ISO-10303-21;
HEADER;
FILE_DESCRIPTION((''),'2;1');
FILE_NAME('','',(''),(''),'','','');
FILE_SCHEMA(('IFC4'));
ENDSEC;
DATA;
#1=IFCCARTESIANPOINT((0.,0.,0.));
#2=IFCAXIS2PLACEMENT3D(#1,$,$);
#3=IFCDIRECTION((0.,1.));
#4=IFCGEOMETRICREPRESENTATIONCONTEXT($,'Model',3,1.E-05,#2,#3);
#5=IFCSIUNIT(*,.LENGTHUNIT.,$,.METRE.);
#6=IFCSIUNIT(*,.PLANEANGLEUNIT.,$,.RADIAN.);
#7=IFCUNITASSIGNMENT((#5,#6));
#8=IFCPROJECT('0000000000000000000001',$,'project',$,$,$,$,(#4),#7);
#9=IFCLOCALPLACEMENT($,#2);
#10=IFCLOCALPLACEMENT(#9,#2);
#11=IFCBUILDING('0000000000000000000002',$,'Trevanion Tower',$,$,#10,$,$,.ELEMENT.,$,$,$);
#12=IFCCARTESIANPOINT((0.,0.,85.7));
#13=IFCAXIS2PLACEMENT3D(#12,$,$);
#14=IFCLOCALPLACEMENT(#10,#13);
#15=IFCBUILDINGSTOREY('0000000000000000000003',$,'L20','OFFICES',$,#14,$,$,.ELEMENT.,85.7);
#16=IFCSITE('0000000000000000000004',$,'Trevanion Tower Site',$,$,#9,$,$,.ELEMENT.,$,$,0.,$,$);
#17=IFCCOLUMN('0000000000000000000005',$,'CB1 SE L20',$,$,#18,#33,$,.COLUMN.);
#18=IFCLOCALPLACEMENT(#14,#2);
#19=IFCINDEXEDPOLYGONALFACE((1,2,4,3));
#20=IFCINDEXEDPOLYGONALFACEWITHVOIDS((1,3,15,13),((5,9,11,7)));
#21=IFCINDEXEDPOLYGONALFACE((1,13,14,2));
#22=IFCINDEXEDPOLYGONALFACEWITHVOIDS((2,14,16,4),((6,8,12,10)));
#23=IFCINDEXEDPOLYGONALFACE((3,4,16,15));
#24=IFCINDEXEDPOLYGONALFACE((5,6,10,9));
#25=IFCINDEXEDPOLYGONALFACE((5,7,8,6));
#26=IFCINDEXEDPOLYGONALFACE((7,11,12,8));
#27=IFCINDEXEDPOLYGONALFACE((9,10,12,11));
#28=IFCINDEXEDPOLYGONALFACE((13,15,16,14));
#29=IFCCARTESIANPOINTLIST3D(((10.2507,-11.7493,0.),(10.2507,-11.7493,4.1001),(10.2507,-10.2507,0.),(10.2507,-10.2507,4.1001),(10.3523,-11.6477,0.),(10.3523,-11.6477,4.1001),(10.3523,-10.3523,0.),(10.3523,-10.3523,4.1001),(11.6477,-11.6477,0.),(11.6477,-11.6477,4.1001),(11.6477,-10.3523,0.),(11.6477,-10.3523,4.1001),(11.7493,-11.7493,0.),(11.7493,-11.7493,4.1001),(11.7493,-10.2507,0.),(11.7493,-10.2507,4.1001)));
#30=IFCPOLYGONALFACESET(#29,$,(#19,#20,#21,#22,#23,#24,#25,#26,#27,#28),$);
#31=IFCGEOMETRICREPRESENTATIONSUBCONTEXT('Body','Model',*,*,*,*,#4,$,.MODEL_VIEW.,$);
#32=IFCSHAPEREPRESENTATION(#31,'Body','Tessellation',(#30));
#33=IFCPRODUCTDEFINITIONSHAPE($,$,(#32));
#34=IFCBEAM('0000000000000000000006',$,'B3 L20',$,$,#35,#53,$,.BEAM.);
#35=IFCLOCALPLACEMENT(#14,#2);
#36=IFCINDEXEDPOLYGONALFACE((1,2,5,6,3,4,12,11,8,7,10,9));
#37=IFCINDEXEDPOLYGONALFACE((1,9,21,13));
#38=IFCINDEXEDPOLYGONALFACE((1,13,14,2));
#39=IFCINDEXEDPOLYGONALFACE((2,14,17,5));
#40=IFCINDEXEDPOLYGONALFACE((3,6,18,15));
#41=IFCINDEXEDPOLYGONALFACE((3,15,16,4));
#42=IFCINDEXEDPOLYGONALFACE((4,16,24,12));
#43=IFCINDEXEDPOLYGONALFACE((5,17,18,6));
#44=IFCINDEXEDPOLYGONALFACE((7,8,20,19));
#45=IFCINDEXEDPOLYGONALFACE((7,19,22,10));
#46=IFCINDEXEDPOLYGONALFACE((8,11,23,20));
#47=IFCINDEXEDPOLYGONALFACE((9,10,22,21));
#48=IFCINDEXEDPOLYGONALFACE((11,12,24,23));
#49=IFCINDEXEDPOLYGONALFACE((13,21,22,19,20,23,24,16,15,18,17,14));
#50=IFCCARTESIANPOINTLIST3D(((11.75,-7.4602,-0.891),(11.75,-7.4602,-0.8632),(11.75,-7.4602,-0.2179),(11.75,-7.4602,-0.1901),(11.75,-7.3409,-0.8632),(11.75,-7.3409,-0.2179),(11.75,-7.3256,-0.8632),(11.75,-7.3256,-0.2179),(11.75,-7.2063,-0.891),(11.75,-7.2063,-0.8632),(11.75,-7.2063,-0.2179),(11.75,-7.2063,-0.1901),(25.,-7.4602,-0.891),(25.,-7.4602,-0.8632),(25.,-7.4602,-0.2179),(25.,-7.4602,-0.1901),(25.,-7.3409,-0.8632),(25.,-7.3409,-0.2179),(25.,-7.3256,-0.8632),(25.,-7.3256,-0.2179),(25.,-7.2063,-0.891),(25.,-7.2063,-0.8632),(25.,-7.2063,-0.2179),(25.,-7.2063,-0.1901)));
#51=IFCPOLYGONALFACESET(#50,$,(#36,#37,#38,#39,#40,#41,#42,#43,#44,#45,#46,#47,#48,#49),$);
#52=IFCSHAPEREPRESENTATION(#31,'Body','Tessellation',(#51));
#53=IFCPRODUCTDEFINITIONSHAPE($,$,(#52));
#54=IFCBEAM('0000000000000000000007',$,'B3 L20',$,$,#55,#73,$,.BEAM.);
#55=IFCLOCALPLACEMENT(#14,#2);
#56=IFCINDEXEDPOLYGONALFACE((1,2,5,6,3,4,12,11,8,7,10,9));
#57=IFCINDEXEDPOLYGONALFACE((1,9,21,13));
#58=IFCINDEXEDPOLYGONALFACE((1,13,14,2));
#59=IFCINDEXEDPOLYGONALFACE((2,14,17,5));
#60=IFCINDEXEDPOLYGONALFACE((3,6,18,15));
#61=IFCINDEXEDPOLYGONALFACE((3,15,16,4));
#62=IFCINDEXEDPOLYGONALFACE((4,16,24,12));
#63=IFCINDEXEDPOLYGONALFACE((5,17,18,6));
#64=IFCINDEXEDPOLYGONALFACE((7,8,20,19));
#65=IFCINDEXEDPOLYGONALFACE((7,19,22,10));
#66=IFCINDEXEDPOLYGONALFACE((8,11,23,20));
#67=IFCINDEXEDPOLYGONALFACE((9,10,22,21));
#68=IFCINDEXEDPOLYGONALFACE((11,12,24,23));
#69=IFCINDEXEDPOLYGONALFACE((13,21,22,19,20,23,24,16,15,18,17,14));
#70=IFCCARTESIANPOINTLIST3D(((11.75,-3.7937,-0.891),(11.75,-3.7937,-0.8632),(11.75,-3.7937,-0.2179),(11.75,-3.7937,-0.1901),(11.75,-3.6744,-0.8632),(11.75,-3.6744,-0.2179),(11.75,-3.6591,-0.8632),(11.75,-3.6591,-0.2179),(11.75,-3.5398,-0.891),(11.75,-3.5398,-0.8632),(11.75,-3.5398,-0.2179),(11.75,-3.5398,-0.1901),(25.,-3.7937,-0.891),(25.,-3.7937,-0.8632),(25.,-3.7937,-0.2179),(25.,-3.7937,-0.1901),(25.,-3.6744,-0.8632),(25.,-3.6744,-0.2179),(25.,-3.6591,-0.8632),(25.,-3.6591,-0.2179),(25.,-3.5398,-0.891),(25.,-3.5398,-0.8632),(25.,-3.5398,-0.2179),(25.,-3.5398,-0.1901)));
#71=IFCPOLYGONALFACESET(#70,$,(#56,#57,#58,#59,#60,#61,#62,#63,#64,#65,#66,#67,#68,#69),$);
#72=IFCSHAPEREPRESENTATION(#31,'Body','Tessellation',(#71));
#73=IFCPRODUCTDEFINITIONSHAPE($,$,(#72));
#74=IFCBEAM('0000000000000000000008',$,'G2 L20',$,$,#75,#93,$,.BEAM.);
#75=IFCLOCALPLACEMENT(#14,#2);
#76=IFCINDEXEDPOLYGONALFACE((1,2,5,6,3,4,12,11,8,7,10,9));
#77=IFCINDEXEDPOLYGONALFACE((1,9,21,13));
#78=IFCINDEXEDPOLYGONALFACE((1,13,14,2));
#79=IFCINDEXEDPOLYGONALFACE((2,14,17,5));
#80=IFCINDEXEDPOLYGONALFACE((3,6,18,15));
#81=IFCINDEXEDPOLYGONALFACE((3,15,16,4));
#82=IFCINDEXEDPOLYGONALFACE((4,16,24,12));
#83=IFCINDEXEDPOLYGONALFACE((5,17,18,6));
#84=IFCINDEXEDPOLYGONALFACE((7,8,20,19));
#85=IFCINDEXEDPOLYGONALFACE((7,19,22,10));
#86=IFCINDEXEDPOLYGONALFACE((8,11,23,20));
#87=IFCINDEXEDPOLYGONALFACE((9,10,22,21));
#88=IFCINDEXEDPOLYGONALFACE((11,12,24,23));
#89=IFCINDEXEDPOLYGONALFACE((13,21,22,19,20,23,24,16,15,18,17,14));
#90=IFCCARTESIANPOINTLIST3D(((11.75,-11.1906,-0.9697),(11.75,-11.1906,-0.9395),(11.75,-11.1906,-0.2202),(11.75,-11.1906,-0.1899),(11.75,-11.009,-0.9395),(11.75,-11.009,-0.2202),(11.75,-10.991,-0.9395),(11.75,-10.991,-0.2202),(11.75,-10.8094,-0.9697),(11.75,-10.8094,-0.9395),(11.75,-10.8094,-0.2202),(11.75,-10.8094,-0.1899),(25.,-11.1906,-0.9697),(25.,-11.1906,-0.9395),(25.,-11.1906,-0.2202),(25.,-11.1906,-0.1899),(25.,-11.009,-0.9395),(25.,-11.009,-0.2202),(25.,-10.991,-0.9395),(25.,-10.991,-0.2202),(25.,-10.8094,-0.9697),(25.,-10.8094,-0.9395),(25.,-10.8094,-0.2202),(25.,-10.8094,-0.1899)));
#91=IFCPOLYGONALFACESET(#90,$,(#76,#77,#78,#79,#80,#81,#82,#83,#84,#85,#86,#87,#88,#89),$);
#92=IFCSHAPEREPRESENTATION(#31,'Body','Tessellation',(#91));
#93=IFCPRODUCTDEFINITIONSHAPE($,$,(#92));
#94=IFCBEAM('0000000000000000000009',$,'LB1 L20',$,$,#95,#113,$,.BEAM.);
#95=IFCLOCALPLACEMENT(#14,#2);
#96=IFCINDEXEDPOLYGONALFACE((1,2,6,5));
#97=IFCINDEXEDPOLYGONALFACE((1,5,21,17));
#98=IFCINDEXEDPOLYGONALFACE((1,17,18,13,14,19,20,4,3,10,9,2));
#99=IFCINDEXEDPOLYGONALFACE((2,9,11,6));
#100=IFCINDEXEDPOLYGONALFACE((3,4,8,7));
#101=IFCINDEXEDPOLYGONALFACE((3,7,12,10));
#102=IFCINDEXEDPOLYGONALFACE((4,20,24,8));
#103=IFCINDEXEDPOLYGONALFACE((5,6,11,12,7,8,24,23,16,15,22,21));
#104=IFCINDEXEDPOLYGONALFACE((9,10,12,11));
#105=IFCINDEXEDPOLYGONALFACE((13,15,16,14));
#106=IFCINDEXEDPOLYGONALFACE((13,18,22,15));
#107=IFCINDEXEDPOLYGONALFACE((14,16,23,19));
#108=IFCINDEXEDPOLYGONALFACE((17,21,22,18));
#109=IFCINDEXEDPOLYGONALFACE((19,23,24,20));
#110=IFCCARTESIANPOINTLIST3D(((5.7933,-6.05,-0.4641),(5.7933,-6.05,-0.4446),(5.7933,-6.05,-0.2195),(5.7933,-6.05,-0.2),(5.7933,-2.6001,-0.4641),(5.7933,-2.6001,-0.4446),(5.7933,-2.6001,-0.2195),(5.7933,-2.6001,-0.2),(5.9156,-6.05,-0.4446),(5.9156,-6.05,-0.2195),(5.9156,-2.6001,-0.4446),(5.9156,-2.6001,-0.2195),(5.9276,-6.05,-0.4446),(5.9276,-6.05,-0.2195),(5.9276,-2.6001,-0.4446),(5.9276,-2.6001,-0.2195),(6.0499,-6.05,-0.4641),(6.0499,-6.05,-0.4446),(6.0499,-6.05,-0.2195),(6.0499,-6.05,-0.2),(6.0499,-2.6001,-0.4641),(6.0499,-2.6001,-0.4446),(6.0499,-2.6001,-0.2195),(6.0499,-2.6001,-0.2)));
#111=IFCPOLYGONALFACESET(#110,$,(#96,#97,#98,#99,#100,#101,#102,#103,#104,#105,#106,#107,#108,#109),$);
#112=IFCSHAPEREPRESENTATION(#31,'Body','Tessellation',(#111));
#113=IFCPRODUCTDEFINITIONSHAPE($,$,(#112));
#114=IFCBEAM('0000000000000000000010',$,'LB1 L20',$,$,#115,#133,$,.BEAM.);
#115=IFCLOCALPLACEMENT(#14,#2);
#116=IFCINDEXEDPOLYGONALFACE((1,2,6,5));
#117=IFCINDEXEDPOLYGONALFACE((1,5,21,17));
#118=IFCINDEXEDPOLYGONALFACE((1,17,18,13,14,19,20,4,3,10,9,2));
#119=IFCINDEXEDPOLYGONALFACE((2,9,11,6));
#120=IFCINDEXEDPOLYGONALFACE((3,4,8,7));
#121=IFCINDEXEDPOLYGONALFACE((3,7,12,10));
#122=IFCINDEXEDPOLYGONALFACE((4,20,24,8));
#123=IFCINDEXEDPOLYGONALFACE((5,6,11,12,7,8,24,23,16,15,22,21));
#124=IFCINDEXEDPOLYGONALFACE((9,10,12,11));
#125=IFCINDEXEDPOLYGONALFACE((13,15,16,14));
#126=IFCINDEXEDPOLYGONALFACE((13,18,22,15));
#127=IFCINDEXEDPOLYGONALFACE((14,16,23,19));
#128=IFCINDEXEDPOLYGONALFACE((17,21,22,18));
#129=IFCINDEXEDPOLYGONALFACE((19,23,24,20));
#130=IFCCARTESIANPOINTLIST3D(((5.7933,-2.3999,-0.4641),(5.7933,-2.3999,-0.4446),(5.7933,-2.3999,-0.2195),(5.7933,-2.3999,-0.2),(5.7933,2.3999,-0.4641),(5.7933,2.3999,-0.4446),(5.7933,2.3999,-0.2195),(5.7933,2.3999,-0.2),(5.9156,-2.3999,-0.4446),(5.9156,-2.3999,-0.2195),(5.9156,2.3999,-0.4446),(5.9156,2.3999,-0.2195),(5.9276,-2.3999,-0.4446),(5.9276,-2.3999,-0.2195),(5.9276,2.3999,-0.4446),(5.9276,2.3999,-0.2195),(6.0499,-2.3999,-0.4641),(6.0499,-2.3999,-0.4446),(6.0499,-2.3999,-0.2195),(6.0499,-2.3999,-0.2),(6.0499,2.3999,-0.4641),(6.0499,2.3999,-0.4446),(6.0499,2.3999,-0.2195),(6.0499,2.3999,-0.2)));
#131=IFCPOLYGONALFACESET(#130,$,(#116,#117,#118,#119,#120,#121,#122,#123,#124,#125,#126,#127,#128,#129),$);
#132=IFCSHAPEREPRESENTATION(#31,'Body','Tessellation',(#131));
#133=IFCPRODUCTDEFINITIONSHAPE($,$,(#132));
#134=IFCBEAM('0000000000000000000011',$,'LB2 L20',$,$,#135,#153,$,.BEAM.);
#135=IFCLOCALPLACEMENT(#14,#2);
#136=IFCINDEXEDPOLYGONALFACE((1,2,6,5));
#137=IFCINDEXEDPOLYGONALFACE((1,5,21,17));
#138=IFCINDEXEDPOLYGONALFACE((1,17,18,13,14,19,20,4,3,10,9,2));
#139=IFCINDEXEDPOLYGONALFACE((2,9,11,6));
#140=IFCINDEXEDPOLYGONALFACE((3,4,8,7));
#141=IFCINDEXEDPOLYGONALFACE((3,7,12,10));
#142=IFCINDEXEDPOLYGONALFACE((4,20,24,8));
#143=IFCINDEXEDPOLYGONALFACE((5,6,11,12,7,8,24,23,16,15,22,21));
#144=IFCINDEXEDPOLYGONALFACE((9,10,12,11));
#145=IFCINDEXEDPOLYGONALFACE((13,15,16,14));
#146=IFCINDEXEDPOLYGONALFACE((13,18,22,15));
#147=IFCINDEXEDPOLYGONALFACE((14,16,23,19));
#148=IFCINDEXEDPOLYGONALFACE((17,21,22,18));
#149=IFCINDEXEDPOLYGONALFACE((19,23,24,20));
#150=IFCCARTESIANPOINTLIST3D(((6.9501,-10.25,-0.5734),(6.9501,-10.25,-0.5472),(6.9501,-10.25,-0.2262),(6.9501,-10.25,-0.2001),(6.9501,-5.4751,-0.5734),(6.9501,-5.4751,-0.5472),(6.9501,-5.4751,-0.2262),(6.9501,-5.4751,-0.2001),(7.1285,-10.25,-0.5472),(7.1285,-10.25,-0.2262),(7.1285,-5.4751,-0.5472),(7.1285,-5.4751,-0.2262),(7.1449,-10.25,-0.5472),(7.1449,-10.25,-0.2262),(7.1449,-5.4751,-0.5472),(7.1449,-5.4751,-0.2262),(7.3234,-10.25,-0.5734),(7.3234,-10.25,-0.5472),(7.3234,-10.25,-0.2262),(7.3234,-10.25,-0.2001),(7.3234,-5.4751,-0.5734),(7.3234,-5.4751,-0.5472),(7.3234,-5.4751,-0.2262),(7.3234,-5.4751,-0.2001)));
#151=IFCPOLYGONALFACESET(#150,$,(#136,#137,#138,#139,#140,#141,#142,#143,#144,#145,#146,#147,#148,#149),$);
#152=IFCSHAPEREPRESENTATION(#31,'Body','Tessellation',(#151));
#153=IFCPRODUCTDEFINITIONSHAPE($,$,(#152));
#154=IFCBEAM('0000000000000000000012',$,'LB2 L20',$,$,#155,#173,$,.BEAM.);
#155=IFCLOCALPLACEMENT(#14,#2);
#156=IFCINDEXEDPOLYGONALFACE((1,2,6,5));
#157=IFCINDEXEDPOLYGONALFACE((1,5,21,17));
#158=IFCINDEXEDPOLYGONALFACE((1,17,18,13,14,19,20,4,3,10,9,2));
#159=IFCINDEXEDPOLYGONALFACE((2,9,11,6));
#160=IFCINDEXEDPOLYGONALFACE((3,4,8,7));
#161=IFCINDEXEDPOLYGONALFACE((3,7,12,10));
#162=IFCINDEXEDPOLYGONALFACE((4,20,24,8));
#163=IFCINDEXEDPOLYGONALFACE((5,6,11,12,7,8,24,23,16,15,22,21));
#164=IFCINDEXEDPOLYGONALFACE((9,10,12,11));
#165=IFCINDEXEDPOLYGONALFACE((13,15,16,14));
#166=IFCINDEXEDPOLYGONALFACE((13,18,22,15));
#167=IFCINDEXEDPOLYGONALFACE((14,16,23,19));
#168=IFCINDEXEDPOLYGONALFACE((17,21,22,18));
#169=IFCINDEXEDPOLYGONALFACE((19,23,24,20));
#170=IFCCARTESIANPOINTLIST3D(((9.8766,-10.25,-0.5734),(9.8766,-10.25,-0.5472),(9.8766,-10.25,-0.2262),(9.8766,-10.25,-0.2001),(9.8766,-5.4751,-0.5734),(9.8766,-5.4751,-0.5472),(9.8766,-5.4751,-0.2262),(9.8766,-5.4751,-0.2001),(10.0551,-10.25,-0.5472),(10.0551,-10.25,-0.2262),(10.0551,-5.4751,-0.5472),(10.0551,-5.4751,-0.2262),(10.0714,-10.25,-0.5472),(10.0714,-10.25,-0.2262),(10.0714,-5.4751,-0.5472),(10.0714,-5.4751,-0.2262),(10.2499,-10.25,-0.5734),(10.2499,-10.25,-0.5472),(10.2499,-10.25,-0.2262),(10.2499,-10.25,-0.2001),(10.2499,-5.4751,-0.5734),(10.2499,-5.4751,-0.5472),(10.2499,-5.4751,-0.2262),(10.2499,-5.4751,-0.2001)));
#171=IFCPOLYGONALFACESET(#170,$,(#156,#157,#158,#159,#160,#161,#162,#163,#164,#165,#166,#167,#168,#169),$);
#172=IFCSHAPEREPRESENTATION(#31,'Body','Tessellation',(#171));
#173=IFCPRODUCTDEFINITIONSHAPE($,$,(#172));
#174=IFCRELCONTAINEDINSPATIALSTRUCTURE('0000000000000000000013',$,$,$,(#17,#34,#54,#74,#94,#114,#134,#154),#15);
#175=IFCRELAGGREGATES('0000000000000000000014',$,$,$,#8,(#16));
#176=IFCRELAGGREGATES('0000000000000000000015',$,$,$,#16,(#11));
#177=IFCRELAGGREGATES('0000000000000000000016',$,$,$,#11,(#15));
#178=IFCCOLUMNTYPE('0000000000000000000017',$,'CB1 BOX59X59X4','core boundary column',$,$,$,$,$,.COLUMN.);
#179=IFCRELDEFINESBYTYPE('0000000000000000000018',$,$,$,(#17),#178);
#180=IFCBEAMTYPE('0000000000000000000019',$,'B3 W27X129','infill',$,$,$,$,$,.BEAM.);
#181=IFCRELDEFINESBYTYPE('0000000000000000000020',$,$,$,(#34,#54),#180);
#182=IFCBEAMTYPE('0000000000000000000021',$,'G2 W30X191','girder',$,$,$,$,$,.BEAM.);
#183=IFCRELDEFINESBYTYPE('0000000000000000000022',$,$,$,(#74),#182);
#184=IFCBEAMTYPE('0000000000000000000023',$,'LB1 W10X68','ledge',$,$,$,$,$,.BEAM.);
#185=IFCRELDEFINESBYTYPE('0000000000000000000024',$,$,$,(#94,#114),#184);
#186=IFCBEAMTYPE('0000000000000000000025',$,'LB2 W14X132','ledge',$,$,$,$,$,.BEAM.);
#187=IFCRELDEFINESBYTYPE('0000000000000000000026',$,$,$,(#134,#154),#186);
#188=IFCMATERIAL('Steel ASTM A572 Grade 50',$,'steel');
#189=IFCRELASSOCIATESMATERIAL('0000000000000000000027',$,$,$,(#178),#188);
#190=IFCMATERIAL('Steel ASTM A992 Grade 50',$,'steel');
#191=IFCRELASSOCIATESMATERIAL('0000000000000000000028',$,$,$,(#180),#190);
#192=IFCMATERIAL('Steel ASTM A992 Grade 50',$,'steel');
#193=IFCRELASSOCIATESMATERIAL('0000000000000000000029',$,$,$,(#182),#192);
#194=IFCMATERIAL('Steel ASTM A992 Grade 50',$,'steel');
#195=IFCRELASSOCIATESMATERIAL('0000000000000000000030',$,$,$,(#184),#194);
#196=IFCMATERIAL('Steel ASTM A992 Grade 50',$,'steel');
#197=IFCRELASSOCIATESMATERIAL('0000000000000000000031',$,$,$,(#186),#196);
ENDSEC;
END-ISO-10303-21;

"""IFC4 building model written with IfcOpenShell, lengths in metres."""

from ifc_helpers import new_model, si_unit, direction, frame, origin, origin_2d, place, context, subcontext, project, spatial, hollow_rectangle, i_section, extrude, material, material_profile, profile_set, type_object, element, save


model = new_model("IFC4")

# Units and contexts
model_context = context("Model", 3, precision=1e-05, world=origin(), true_north=direction((0.0, 1.0)))
body_context = subcontext(model_context, "Body", "Model", "MODEL_VIEW")
ifc_project = project(units=[si_unit("LENGTHUNIT", "METRE"), si_unit("PLANEANGLEUNIT", "RADIAN")], contexts=[model_context])

# Site, building, storey
site_placement = place(None, origin())
site = spatial("IfcSite", under=ifc_project, at=site_placement, Name="Trevanion Tower Site", CompositionType="ELEMENT", RefElevation=0.0)
building_placement = place(site_placement, origin())
building = spatial("IfcBuilding", under=site, at=building_placement, Name="Trevanion Tower", CompositionType="ELEMENT")
storey_placement = place(building_placement, frame((0.0, 0.0, 85.7)))
storey = spatial("IfcBuildingStorey", under=building, at=storey_placement, Name="L20", Description="OFFICES", CompositionType="ELEMENT", Elevation=85.7)

# Column
ifc_material_1 = material(Name="Steel ASTM A572 Grade 50", Category="steel")
ifc_material_profile_1 = material_profile(ifc_material_1, hollow_rectangle(XDim=1.4985, YDim=1.4985, WallThickness=0.1016, at=origin_2d()), Name="BOX59X59X4")
ifc_profile_set_1 = profile_set([ifc_material_profile_1], Name="Steel ASTM A572 Grade 50")
column_type = type_object("IfcColumnType", Name="CB1 BOX59X59X4", Description="core boundary column", PredefinedType="COLUMN", material=ifc_profile_set_1)
column_placement = place(storey_placement, frame((11.0, -11.0, 0.0), z_axis=(0.0, 0.0, 1.0), x_axis=(1.0, 0.0, 0.0)))
element("IfcColumn", 1, at=column_placement, inside=storey, type_object=column_type, Name="CB1 SE L20", PredefinedType="COLUMN", context=body_context, shape_type="SweptSolid", body=[
    extrude(hollow_rectangle(XDim=1.4985, YDim=1.4985, WallThickness=0.1016, at=origin_2d()), origin(), (0.0, 0.0, 1.0), 4.1001),
])

# Beams
ifc_material_2 = material(Name="Steel ASTM A992 Grade 50", Category="steel")
ifc_material_profile_2 = material_profile(ifc_material_2, i_section(OverallWidth=0.2539, OverallDepth=0.7009, WebThickness=0.0154, FlangeThickness=0.0278, at=origin_2d()), Name="W27X129")
ifc_profile_set_2 = profile_set([ifc_material_profile_2], Name="Steel ASTM A992 Grade 50")
beam_type_1 = type_object("IfcBeamType", Name="B3 W27X129", Description="infill", PredefinedType="BEAM", material=ifc_profile_set_2)
for number, where, z_axis, x_axis, name in (
    (2, (11.75, -7.3333, -0.5405), (1.0, 0.0, 0.0), (0.0, 1.0, 0.0), "B3 L20"),
    (3, (11.75, -3.6667, -0.5405), (1.0, 0.0, 0.0), (0.0, 1.0, 0.0), "B3 L20"),
):
    element("IfcBeam", number, at=place(storey_placement, frame(where, z_axis=z_axis, x_axis=x_axis)), inside=storey, type_object=beam_type_1, Name=name, PredefinedType="BEAM", context=body_context, shape_type="SweptSolid", body=[
        extrude(i_section(OverallWidth=0.2539, OverallDepth=0.7009, WebThickness=0.0154, FlangeThickness=0.0278, at=origin_2d()), origin(), (0.0, 0.0, 1.0), 13.25),
    ])
ifc_material_3 = material(Name="Steel ASTM A992 Grade 50", Category="steel")
ifc_material_profile_3 = material_profile(ifc_material_3, i_section(OverallWidth=0.3811, OverallDepth=0.7798, WebThickness=0.0181, FlangeThickness=0.0303, at=origin_2d()), Name="W30X191")
ifc_profile_set_3 = profile_set([ifc_material_profile_3], Name="Steel ASTM A992 Grade 50")
beam_type_2 = type_object("IfcBeamType", Name="G2 W30X191", Description="girder", PredefinedType="BEAM", material=ifc_profile_set_3)
beam_1_placement = place(storey_placement, frame((11.75, -11.0, -0.5798), z_axis=(1.0, 0.0, 0.0), x_axis=(0.0, 1.0, 0.0)))
element("IfcBeam", 4, at=beam_1_placement, inside=storey, type_object=beam_type_2, Name="G2 L20", PredefinedType="BEAM", context=body_context, shape_type="SweptSolid", body=[
    extrude(i_section(OverallWidth=0.3811, OverallDepth=0.7798, WebThickness=0.0181, FlangeThickness=0.0303, at=origin_2d()), origin(), (0.0, 0.0, 1.0), 13.25),
])
ifc_material_4 = material(Name="Steel ASTM A992 Grade 50", Category="steel")
ifc_material_profile_4 = material_profile(ifc_material_4, i_section(OverallWidth=0.2566, OverallDepth=0.2642, WebThickness=0.012, FlangeThickness=0.0195, at=origin_2d()), Name="W10X68")
ifc_profile_set_4 = profile_set([ifc_material_profile_4], Name="Steel ASTM A992 Grade 50")
beam_type_3 = type_object("IfcBeamType", Name="LB1 W10X68", Description="ledge", PredefinedType="BEAM", material=ifc_profile_set_4)
beam_2_placement = place(storey_placement, frame((5.9216, -6.05, -0.332), z_axis=(0.0, 1.0, 0.0), x_axis=(-1.0, 0.0, 0.0)))
element("IfcBeam", 5, at=beam_2_placement, inside=storey, type_object=beam_type_3, Name="LB1 L20", PredefinedType="BEAM", context=body_context, shape_type="SweptSolid", body=[
    extrude(i_section(OverallWidth=0.2566, OverallDepth=0.2642, WebThickness=0.012, FlangeThickness=0.0195, at=origin_2d()), origin(), (0.0, 0.0, 1.0), 3.45),
])
beam_3_placement = place(storey_placement, frame((5.9216, -2.3999, -0.332), z_axis=(0.0, 1.0, 0.0), x_axis=(-1.0, 0.0, 0.0)))
element("IfcBeam", 6, at=beam_3_placement, inside=storey, type_object=beam_type_3, Name="LB1 L20", PredefinedType="BEAM", context=body_context, shape_type="SweptSolid", body=[
    extrude(i_section(OverallWidth=0.2566, OverallDepth=0.2642, WebThickness=0.012, FlangeThickness=0.0195, at=origin_2d()), origin(), (0.0, 0.0, 1.0), 4.7998),
])
ifc_material_5 = material(Name="Steel ASTM A992 Grade 50", Category="steel")
ifc_material_profile_5 = material_profile(ifc_material_5, i_section(OverallWidth=0.3733, OverallDepth=0.3733, WebThickness=0.0164, FlangeThickness=0.0261, at=origin_2d()), Name="W14X132")
ifc_profile_set_5 = profile_set([ifc_material_profile_5], Name="Steel ASTM A992 Grade 50")
beam_type_4 = type_object("IfcBeamType", Name="LB2 W14X132", Description="ledge", PredefinedType="BEAM", material=ifc_profile_set_5)
for number, where, z_axis, x_axis, name in (
    (7, (7.1367, -10.25, -0.3867), (0.0, 1.0, 0.0), (-1.0, 0.0, 0.0), "LB2 L20"),
    (8, (10.0632, -10.25, -0.3867), (0.0, 1.0, 0.0), (-1.0, 0.0, 0.0), "LB2 L20"),
):
    element("IfcBeam", number, at=place(storey_placement, frame(where, z_axis=z_axis, x_axis=x_axis)), inside=storey, type_object=beam_type_4, Name=name, PredefinedType="BEAM", context=body_context, shape_type="SweptSolid", body=[
        extrude(i_section(OverallWidth=0.3733, OverallDepth=0.3733, WebThickness=0.0164, FlangeThickness=0.0261, at=origin_2d()), origin(), (0.0, 0.0, 1.0), 4.7749),
    ])

save(model, "model.ifc")
